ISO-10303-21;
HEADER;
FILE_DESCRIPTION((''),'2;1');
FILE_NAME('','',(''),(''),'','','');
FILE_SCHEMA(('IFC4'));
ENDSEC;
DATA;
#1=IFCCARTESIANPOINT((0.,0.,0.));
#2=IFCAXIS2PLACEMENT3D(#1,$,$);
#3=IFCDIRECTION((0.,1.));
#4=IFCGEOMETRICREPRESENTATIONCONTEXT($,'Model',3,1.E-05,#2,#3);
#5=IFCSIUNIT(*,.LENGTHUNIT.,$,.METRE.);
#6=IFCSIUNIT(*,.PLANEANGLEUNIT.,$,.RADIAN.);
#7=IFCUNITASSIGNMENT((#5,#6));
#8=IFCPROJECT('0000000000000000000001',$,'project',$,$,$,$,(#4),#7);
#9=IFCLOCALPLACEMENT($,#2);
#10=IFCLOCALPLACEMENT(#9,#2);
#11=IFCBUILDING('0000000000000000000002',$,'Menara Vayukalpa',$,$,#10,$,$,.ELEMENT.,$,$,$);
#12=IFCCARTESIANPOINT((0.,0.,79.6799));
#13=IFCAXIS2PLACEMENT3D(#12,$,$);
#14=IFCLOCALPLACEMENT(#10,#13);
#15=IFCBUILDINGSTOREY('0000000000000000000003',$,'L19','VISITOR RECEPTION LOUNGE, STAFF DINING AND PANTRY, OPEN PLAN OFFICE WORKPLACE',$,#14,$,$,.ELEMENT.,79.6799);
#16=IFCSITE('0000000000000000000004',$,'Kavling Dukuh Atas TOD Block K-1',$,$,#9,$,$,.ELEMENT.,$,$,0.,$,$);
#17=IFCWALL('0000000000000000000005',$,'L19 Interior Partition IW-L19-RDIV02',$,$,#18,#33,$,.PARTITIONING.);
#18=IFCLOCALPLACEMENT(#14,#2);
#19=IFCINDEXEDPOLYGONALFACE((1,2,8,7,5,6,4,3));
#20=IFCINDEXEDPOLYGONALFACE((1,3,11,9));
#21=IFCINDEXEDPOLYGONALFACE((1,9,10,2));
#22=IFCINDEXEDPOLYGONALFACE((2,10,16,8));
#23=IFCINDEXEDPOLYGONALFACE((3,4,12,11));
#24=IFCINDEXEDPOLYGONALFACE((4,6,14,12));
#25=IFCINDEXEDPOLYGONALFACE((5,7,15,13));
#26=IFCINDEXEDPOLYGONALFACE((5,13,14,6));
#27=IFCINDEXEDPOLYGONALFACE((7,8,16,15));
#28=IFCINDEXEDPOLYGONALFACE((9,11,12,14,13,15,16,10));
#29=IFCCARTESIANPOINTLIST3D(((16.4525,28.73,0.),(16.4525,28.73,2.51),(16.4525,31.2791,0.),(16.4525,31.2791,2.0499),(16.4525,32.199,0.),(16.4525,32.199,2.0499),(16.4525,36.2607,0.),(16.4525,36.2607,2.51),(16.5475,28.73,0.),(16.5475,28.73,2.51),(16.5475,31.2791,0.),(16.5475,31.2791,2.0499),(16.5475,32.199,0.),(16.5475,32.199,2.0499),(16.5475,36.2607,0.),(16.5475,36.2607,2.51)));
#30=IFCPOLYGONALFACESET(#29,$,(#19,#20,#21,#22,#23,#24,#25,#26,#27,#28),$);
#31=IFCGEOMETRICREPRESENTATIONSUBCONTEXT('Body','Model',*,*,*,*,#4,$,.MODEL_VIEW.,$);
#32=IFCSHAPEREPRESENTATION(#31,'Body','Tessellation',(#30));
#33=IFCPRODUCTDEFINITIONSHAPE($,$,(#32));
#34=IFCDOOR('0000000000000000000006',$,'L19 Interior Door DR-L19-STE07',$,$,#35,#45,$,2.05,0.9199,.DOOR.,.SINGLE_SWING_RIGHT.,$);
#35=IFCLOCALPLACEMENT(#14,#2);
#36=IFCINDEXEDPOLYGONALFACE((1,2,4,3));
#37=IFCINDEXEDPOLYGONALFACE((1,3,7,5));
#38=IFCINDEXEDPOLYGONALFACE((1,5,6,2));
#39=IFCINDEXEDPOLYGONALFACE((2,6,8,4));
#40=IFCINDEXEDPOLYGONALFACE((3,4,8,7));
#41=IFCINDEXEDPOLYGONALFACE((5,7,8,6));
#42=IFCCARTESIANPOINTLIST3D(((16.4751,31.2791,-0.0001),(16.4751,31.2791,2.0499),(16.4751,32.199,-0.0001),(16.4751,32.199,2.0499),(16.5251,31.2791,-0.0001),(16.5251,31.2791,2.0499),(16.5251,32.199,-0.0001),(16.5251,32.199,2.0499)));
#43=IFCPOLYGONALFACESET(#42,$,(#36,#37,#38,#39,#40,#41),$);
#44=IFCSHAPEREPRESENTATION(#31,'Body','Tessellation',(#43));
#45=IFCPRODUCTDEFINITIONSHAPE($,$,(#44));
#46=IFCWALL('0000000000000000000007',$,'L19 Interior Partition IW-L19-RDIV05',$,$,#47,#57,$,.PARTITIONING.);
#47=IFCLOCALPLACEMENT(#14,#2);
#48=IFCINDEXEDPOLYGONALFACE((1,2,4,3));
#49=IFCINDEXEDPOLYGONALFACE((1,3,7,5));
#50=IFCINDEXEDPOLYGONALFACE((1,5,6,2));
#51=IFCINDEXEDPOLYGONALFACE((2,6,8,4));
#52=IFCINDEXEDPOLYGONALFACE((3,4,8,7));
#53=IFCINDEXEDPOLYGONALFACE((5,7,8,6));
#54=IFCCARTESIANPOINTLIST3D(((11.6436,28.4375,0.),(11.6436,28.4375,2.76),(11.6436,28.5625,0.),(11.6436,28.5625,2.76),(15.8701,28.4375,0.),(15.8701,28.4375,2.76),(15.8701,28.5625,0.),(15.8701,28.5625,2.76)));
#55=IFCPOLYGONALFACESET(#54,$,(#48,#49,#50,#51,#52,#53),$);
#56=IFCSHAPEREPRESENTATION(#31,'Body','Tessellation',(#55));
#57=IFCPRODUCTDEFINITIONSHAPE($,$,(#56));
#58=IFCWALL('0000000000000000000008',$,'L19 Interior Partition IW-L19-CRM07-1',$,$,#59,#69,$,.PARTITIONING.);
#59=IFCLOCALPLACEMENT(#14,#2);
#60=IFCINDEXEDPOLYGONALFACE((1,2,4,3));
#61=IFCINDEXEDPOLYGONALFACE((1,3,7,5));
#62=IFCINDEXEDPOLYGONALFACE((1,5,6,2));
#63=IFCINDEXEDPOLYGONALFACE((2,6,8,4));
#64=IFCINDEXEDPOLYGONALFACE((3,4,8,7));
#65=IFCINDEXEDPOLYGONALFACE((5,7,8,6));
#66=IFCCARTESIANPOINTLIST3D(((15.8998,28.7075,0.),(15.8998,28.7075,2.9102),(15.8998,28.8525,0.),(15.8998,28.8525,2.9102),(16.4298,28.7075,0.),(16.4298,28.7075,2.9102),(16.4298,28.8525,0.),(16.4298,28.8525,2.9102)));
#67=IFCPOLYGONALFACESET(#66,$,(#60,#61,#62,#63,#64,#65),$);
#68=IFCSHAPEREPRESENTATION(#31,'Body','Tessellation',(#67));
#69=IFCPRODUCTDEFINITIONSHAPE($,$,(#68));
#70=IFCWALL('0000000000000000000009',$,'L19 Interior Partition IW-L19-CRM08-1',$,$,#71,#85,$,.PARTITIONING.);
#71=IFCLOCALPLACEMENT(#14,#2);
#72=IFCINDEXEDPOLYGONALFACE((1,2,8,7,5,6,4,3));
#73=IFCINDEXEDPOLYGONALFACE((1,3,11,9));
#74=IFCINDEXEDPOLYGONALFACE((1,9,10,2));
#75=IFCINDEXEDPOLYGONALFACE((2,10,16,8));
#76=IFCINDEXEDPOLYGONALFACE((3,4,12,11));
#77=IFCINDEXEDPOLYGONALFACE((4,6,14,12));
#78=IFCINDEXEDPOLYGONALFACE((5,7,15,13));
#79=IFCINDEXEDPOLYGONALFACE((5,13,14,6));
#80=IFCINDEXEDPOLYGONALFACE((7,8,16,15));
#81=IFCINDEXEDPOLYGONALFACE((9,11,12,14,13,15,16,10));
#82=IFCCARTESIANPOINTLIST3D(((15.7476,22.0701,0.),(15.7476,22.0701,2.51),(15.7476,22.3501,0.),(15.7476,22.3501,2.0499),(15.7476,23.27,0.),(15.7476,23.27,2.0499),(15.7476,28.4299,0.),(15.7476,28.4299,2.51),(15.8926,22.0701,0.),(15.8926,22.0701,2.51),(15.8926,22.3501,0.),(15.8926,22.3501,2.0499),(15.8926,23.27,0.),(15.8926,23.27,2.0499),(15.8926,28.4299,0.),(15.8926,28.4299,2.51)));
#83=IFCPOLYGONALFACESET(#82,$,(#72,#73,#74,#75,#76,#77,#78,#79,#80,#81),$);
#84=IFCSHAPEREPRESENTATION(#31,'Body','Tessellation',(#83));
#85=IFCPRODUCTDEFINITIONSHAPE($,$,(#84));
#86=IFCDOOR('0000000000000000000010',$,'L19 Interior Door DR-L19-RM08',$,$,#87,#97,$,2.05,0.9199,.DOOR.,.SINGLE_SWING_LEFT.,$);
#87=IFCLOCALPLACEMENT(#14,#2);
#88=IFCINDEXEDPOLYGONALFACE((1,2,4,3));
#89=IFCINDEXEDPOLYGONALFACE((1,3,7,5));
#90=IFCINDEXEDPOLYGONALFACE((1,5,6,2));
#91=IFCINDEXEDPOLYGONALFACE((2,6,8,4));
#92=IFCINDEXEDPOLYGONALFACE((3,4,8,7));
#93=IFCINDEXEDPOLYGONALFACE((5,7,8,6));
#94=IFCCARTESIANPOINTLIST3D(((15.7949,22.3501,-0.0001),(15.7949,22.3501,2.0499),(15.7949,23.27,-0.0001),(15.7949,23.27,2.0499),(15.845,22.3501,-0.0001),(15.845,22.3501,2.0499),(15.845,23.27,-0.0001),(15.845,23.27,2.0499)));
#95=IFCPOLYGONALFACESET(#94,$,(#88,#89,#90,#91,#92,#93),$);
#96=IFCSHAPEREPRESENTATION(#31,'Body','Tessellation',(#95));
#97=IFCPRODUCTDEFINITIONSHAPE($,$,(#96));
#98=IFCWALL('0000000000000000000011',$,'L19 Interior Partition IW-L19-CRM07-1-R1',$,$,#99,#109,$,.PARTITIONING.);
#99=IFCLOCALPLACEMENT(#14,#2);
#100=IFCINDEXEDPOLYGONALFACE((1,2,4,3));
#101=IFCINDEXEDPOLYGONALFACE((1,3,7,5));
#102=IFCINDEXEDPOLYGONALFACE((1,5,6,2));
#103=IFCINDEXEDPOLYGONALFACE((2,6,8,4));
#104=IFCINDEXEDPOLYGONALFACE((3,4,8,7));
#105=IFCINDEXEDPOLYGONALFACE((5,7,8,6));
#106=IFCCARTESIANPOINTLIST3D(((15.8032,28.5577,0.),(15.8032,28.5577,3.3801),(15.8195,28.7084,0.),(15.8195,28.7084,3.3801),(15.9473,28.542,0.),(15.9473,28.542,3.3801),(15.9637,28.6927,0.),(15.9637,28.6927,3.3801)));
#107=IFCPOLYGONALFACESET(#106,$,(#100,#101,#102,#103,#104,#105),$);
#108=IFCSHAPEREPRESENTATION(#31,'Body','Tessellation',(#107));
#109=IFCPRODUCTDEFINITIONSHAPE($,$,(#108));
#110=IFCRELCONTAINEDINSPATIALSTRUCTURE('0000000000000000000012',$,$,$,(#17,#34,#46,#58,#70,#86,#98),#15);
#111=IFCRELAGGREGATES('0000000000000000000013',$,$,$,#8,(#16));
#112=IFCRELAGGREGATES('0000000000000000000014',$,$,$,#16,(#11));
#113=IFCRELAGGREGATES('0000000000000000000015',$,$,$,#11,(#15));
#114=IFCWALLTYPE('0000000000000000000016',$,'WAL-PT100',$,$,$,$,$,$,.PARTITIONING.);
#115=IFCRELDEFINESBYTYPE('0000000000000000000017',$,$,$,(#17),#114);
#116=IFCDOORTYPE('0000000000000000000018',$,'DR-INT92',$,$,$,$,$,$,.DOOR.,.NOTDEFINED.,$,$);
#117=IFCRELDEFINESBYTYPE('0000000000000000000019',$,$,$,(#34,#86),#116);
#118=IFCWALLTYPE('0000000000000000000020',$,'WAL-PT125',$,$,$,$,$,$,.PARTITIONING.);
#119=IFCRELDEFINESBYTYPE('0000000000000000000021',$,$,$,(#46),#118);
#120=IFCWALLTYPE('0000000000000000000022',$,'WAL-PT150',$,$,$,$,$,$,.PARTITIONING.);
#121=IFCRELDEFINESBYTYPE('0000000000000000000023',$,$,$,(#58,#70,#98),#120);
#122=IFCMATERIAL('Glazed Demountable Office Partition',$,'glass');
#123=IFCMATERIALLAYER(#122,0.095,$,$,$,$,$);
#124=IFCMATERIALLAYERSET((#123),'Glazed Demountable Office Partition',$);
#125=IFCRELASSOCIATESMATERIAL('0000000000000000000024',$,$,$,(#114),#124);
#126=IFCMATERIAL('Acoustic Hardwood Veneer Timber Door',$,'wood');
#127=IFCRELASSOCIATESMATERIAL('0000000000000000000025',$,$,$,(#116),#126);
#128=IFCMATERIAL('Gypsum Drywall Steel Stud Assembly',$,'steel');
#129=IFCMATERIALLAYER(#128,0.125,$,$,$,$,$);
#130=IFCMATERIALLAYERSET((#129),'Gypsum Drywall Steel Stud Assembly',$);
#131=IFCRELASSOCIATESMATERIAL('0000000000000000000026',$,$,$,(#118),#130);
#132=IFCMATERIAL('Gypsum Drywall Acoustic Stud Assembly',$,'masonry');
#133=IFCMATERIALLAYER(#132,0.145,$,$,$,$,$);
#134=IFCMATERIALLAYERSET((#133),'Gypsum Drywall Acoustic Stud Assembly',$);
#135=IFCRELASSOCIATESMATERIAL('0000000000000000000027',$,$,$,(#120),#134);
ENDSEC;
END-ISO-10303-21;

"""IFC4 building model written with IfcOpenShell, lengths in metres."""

from ifc_helpers import new_model, si_unit, direction, frame, frame_2d, origin, place, context, subcontext, project, spatial, rectangle, extrude, material, layer, layer_set, type_object, element, fill, save


model = new_model("IFC4")

# Units and contexts
model_context = context("Model", 3, precision=1e-05, world=origin(), true_north=direction((0.0, 1.0)))
body_context = subcontext(model_context, "Body", "Model", "MODEL_VIEW")
ifc_project = project(units=[si_unit("LENGTHUNIT", "METRE"), si_unit("PLANEANGLEUNIT", "RADIAN")], contexts=[model_context])

# Site, building, storey
site_placement = place(None, origin())
site = spatial("IfcSite", under=ifc_project, at=site_placement, Name="Kavling Dukuh Atas TOD Block K-1", CompositionType="ELEMENT", RefElevation=0.0)
building_placement = place(site_placement, origin())
building = spatial("IfcBuilding", under=site, at=building_placement, Name="Menara Vayukalpa", CompositionType="ELEMENT")
storey_placement = place(building_placement, frame((0.0, 0.0, 79.6799)))
storey = spatial("IfcBuildingStorey", under=building, at=storey_placement, Name="L19", Description="VISITOR RECEPTION LOUNGE, STAFF DINING AND PANTRY, OPEN PLAN OFFICE WORKPLACE", CompositionType="ELEMENT", Elevation=79.6799)

# Wall, opening, door
ifc_material_1 = material(Name="Glazed Demountable Office Partition", Category="glass")
ifc_layer_1 = layer(ifc_material_1, 0.095)
ifc_layer_set_1 = layer_set([ifc_layer_1], Name="Glazed Demountable Office Partition")
wall_type_1 = type_object("IfcWallType", Name="WAL-PT100", PredefinedType="PARTITIONING", material=ifc_layer_set_1)
wall_1_placement = place(storey_placement, frame((16.5, 28.73, 0.0), z_axis=(0.0, 0.0, 1.0), x_axis=(0.0, 1.0, 0.0)))
wall_1 = element("IfcWall", 1, at=wall_1_placement, inside=storey, type_object=wall_type_1, Name="L19 Interior Partition IW-L19-RDIV02", PredefinedType="PARTITIONING", context=body_context, shape_type="SweptSolid", body=[
    extrude(rectangle(XDim=7.5308, YDim=0.095, at=frame_2d((3.7654, 0.0))), origin(), (0.0, 0.0, 1.0), 2.51),
])
opening_1_placement = place(wall_1_placement, frame((2.5491, 0.0, 0.0)))
opening_1 = element("IfcOpeningElement", 2, at=opening_1_placement, cuts=wall_1, PredefinedType="OPENING", context=body_context, shape_type="SweptSolid", body=[
    extrude(rectangle(XDim=0.9199, YDim=2.05, at=frame_2d((0.46, 1.0249))), frame((0.0, 0.0574, 0.0), z_axis=(0.0, -1.0, 0.0), x_axis=(1.0, 0.0, 0.0)), (0.0, 0.0, 1.0), 0.115),
])
ifc_material_2 = material(Name="Acoustic Hardwood Veneer Timber Door", Category="wood")
door_type = type_object("IfcDoorType", Name="DR-INT92", OperationType="NOTDEFINED", PredefinedType="DOOR", material=ifc_material_2)
door_1_placement = place(opening_1_placement, origin())
door_1 = element("IfcDoor", 3, at=door_1_placement, inside=storey, type_object=door_type, Name="L19 Interior Door DR-L19-STE07", OperationType="SINGLE_SWING_RIGHT", OverallHeight=2.05, OverallWidth=0.9199, PredefinedType="DOOR", context=body_context, shape_type="SweptSolid", body=[
    extrude(rectangle(XDim=0.9199, YDim=2.05, at=frame_2d((0.46, 1.0249))), frame((0.0, 0.0249, 0.0), z_axis=(0.0, -1.0, 0.0), x_axis=(1.0, 0.0, 0.0)), (0.0, 0.0, 1.0), 0.05),
])
fill(opening_1, door_1)

# Walls
ifc_material_3 = material(Name="Gypsum Drywall Steel Stud Assembly", Category="steel")
ifc_layer_2 = layer(ifc_material_3, 0.125)
ifc_layer_set_2 = layer_set([ifc_layer_2], Name="Gypsum Drywall Steel Stud Assembly")
wall_type_2 = type_object("IfcWallType", Name="WAL-PT125", PredefinedType="PARTITIONING", material=ifc_layer_set_2)
wall_2_placement = place(storey_placement, frame((11.6436, 28.5, 0.0), z_axis=(0.0, 0.0, 1.0), x_axis=(1.0, 0.0, 0.0)))
element("IfcWall", 4, at=wall_2_placement, inside=storey, type_object=wall_type_2, Name="L19 Interior Partition IW-L19-RDIV05", PredefinedType="PARTITIONING", context=body_context, shape_type="SweptSolid", body=[
    extrude(rectangle(XDim=4.2266, YDim=0.125, at=frame_2d((2.1133, 0.0))), origin(), (0.0, 0.0, 1.0), 2.76),
])
ifc_material_4 = material(Name="Gypsum Drywall Acoustic Stud Assembly", Category="masonry")
ifc_layer_3 = layer(ifc_material_4, 0.145)
ifc_layer_set_3 = layer_set([ifc_layer_3], Name="Gypsum Drywall Acoustic Stud Assembly")
wall_type_3 = type_object("IfcWallType", Name="WAL-PT150", PredefinedType="PARTITIONING", material=ifc_layer_set_3)
wall_3_placement = place(storey_placement, frame((16.4299, 28.78, 0.0), z_axis=(0.0, 0.0, 1.0), x_axis=(-1.0, 0.0, 0.0)))
element("IfcWall", 5, at=wall_3_placement, inside=storey, type_object=wall_type_3, Name="L19 Interior Partition IW-L19-CRM07-1", PredefinedType="PARTITIONING", context=body_context, shape_type="SweptSolid", body=[
    extrude(rectangle(XDim=0.53, YDim=0.145, at=frame_2d((0.2651, 0.0))), origin(), (0.0, 0.0, 1.0), 2.9102),
])

# Wall, opening, door
wall_4_placement = place(storey_placement, frame((15.8201, 28.4299, 0.0), z_axis=(0.0, 0.0, 1.0), x_axis=(0.0, -1.0, 0.0)))
wall_4 = element("IfcWall", 6, at=wall_4_placement, inside=storey, type_object=wall_type_3, Name="L19 Interior Partition IW-L19-CRM08-1", PredefinedType="PARTITIONING", context=body_context, shape_type="SweptSolid", body=[
    extrude(rectangle(XDim=6.3599, YDim=0.145, at=frame_2d((3.1799, 0.0))), origin(), (0.0, 0.0, 1.0), 2.51),
])
opening_2_placement = place(wall_4_placement, frame((5.1599, 0.0, 0.0)))
opening_2 = element("IfcOpeningElement", 7, at=opening_2_placement, cuts=wall_4, PredefinedType="OPENING", context=body_context, shape_type="SweptSolid", body=[
    extrude(rectangle(XDim=0.9199, YDim=2.05, at=frame_2d((0.46, 1.0249))), frame((0.0, 0.0825, 0.0), z_axis=(0.0, -1.0, 0.0), x_axis=(1.0, 0.0, 0.0)), (0.0, 0.0, 1.0), 0.165),
])
door_2_placement = place(opening_2_placement, origin())
door_2 = element("IfcDoor", 8, at=door_2_placement, inside=storey, type_object=door_type, Name="L19 Interior Door DR-L19-RM08", OperationType="SINGLE_SWING_LEFT", OverallHeight=2.05, OverallWidth=0.9199, PredefinedType="DOOR", context=body_context, shape_type="SweptSolid", body=[
    extrude(rectangle(XDim=0.9199, YDim=2.05, at=frame_2d((0.46, 1.0249))), frame((0.0, 0.0249, 0.0), z_axis=(0.0, -1.0, 0.0), x_axis=(1.0, 0.0, 0.0)), (0.0, 0.0, 1.0), 0.05),
])
fill(opening_2, door_2)

# Wall
wall_5_placement = place(storey_placement, frame((15.8916, 28.7004, 0.0), z_axis=(0.0, 0.0, 1.0), x_axis=(-0.107955, -0.994156, 0.0)))
element("IfcWall", 9, at=wall_5_placement, inside=storey, type_object=wall_type_3, Name="L19 Interior Partition IW-L19-CRM07-1-R1", PredefinedType="PARTITIONING", context=body_context, shape_type="SweptSolid", body=[
    extrude(rectangle(XDim=0.1516, YDim=0.145, at=frame_2d((0.0757, 0.0))), origin(), (0.0, 0.0, 1.0), 3.3801),
])

save(model, "model.ifc")
